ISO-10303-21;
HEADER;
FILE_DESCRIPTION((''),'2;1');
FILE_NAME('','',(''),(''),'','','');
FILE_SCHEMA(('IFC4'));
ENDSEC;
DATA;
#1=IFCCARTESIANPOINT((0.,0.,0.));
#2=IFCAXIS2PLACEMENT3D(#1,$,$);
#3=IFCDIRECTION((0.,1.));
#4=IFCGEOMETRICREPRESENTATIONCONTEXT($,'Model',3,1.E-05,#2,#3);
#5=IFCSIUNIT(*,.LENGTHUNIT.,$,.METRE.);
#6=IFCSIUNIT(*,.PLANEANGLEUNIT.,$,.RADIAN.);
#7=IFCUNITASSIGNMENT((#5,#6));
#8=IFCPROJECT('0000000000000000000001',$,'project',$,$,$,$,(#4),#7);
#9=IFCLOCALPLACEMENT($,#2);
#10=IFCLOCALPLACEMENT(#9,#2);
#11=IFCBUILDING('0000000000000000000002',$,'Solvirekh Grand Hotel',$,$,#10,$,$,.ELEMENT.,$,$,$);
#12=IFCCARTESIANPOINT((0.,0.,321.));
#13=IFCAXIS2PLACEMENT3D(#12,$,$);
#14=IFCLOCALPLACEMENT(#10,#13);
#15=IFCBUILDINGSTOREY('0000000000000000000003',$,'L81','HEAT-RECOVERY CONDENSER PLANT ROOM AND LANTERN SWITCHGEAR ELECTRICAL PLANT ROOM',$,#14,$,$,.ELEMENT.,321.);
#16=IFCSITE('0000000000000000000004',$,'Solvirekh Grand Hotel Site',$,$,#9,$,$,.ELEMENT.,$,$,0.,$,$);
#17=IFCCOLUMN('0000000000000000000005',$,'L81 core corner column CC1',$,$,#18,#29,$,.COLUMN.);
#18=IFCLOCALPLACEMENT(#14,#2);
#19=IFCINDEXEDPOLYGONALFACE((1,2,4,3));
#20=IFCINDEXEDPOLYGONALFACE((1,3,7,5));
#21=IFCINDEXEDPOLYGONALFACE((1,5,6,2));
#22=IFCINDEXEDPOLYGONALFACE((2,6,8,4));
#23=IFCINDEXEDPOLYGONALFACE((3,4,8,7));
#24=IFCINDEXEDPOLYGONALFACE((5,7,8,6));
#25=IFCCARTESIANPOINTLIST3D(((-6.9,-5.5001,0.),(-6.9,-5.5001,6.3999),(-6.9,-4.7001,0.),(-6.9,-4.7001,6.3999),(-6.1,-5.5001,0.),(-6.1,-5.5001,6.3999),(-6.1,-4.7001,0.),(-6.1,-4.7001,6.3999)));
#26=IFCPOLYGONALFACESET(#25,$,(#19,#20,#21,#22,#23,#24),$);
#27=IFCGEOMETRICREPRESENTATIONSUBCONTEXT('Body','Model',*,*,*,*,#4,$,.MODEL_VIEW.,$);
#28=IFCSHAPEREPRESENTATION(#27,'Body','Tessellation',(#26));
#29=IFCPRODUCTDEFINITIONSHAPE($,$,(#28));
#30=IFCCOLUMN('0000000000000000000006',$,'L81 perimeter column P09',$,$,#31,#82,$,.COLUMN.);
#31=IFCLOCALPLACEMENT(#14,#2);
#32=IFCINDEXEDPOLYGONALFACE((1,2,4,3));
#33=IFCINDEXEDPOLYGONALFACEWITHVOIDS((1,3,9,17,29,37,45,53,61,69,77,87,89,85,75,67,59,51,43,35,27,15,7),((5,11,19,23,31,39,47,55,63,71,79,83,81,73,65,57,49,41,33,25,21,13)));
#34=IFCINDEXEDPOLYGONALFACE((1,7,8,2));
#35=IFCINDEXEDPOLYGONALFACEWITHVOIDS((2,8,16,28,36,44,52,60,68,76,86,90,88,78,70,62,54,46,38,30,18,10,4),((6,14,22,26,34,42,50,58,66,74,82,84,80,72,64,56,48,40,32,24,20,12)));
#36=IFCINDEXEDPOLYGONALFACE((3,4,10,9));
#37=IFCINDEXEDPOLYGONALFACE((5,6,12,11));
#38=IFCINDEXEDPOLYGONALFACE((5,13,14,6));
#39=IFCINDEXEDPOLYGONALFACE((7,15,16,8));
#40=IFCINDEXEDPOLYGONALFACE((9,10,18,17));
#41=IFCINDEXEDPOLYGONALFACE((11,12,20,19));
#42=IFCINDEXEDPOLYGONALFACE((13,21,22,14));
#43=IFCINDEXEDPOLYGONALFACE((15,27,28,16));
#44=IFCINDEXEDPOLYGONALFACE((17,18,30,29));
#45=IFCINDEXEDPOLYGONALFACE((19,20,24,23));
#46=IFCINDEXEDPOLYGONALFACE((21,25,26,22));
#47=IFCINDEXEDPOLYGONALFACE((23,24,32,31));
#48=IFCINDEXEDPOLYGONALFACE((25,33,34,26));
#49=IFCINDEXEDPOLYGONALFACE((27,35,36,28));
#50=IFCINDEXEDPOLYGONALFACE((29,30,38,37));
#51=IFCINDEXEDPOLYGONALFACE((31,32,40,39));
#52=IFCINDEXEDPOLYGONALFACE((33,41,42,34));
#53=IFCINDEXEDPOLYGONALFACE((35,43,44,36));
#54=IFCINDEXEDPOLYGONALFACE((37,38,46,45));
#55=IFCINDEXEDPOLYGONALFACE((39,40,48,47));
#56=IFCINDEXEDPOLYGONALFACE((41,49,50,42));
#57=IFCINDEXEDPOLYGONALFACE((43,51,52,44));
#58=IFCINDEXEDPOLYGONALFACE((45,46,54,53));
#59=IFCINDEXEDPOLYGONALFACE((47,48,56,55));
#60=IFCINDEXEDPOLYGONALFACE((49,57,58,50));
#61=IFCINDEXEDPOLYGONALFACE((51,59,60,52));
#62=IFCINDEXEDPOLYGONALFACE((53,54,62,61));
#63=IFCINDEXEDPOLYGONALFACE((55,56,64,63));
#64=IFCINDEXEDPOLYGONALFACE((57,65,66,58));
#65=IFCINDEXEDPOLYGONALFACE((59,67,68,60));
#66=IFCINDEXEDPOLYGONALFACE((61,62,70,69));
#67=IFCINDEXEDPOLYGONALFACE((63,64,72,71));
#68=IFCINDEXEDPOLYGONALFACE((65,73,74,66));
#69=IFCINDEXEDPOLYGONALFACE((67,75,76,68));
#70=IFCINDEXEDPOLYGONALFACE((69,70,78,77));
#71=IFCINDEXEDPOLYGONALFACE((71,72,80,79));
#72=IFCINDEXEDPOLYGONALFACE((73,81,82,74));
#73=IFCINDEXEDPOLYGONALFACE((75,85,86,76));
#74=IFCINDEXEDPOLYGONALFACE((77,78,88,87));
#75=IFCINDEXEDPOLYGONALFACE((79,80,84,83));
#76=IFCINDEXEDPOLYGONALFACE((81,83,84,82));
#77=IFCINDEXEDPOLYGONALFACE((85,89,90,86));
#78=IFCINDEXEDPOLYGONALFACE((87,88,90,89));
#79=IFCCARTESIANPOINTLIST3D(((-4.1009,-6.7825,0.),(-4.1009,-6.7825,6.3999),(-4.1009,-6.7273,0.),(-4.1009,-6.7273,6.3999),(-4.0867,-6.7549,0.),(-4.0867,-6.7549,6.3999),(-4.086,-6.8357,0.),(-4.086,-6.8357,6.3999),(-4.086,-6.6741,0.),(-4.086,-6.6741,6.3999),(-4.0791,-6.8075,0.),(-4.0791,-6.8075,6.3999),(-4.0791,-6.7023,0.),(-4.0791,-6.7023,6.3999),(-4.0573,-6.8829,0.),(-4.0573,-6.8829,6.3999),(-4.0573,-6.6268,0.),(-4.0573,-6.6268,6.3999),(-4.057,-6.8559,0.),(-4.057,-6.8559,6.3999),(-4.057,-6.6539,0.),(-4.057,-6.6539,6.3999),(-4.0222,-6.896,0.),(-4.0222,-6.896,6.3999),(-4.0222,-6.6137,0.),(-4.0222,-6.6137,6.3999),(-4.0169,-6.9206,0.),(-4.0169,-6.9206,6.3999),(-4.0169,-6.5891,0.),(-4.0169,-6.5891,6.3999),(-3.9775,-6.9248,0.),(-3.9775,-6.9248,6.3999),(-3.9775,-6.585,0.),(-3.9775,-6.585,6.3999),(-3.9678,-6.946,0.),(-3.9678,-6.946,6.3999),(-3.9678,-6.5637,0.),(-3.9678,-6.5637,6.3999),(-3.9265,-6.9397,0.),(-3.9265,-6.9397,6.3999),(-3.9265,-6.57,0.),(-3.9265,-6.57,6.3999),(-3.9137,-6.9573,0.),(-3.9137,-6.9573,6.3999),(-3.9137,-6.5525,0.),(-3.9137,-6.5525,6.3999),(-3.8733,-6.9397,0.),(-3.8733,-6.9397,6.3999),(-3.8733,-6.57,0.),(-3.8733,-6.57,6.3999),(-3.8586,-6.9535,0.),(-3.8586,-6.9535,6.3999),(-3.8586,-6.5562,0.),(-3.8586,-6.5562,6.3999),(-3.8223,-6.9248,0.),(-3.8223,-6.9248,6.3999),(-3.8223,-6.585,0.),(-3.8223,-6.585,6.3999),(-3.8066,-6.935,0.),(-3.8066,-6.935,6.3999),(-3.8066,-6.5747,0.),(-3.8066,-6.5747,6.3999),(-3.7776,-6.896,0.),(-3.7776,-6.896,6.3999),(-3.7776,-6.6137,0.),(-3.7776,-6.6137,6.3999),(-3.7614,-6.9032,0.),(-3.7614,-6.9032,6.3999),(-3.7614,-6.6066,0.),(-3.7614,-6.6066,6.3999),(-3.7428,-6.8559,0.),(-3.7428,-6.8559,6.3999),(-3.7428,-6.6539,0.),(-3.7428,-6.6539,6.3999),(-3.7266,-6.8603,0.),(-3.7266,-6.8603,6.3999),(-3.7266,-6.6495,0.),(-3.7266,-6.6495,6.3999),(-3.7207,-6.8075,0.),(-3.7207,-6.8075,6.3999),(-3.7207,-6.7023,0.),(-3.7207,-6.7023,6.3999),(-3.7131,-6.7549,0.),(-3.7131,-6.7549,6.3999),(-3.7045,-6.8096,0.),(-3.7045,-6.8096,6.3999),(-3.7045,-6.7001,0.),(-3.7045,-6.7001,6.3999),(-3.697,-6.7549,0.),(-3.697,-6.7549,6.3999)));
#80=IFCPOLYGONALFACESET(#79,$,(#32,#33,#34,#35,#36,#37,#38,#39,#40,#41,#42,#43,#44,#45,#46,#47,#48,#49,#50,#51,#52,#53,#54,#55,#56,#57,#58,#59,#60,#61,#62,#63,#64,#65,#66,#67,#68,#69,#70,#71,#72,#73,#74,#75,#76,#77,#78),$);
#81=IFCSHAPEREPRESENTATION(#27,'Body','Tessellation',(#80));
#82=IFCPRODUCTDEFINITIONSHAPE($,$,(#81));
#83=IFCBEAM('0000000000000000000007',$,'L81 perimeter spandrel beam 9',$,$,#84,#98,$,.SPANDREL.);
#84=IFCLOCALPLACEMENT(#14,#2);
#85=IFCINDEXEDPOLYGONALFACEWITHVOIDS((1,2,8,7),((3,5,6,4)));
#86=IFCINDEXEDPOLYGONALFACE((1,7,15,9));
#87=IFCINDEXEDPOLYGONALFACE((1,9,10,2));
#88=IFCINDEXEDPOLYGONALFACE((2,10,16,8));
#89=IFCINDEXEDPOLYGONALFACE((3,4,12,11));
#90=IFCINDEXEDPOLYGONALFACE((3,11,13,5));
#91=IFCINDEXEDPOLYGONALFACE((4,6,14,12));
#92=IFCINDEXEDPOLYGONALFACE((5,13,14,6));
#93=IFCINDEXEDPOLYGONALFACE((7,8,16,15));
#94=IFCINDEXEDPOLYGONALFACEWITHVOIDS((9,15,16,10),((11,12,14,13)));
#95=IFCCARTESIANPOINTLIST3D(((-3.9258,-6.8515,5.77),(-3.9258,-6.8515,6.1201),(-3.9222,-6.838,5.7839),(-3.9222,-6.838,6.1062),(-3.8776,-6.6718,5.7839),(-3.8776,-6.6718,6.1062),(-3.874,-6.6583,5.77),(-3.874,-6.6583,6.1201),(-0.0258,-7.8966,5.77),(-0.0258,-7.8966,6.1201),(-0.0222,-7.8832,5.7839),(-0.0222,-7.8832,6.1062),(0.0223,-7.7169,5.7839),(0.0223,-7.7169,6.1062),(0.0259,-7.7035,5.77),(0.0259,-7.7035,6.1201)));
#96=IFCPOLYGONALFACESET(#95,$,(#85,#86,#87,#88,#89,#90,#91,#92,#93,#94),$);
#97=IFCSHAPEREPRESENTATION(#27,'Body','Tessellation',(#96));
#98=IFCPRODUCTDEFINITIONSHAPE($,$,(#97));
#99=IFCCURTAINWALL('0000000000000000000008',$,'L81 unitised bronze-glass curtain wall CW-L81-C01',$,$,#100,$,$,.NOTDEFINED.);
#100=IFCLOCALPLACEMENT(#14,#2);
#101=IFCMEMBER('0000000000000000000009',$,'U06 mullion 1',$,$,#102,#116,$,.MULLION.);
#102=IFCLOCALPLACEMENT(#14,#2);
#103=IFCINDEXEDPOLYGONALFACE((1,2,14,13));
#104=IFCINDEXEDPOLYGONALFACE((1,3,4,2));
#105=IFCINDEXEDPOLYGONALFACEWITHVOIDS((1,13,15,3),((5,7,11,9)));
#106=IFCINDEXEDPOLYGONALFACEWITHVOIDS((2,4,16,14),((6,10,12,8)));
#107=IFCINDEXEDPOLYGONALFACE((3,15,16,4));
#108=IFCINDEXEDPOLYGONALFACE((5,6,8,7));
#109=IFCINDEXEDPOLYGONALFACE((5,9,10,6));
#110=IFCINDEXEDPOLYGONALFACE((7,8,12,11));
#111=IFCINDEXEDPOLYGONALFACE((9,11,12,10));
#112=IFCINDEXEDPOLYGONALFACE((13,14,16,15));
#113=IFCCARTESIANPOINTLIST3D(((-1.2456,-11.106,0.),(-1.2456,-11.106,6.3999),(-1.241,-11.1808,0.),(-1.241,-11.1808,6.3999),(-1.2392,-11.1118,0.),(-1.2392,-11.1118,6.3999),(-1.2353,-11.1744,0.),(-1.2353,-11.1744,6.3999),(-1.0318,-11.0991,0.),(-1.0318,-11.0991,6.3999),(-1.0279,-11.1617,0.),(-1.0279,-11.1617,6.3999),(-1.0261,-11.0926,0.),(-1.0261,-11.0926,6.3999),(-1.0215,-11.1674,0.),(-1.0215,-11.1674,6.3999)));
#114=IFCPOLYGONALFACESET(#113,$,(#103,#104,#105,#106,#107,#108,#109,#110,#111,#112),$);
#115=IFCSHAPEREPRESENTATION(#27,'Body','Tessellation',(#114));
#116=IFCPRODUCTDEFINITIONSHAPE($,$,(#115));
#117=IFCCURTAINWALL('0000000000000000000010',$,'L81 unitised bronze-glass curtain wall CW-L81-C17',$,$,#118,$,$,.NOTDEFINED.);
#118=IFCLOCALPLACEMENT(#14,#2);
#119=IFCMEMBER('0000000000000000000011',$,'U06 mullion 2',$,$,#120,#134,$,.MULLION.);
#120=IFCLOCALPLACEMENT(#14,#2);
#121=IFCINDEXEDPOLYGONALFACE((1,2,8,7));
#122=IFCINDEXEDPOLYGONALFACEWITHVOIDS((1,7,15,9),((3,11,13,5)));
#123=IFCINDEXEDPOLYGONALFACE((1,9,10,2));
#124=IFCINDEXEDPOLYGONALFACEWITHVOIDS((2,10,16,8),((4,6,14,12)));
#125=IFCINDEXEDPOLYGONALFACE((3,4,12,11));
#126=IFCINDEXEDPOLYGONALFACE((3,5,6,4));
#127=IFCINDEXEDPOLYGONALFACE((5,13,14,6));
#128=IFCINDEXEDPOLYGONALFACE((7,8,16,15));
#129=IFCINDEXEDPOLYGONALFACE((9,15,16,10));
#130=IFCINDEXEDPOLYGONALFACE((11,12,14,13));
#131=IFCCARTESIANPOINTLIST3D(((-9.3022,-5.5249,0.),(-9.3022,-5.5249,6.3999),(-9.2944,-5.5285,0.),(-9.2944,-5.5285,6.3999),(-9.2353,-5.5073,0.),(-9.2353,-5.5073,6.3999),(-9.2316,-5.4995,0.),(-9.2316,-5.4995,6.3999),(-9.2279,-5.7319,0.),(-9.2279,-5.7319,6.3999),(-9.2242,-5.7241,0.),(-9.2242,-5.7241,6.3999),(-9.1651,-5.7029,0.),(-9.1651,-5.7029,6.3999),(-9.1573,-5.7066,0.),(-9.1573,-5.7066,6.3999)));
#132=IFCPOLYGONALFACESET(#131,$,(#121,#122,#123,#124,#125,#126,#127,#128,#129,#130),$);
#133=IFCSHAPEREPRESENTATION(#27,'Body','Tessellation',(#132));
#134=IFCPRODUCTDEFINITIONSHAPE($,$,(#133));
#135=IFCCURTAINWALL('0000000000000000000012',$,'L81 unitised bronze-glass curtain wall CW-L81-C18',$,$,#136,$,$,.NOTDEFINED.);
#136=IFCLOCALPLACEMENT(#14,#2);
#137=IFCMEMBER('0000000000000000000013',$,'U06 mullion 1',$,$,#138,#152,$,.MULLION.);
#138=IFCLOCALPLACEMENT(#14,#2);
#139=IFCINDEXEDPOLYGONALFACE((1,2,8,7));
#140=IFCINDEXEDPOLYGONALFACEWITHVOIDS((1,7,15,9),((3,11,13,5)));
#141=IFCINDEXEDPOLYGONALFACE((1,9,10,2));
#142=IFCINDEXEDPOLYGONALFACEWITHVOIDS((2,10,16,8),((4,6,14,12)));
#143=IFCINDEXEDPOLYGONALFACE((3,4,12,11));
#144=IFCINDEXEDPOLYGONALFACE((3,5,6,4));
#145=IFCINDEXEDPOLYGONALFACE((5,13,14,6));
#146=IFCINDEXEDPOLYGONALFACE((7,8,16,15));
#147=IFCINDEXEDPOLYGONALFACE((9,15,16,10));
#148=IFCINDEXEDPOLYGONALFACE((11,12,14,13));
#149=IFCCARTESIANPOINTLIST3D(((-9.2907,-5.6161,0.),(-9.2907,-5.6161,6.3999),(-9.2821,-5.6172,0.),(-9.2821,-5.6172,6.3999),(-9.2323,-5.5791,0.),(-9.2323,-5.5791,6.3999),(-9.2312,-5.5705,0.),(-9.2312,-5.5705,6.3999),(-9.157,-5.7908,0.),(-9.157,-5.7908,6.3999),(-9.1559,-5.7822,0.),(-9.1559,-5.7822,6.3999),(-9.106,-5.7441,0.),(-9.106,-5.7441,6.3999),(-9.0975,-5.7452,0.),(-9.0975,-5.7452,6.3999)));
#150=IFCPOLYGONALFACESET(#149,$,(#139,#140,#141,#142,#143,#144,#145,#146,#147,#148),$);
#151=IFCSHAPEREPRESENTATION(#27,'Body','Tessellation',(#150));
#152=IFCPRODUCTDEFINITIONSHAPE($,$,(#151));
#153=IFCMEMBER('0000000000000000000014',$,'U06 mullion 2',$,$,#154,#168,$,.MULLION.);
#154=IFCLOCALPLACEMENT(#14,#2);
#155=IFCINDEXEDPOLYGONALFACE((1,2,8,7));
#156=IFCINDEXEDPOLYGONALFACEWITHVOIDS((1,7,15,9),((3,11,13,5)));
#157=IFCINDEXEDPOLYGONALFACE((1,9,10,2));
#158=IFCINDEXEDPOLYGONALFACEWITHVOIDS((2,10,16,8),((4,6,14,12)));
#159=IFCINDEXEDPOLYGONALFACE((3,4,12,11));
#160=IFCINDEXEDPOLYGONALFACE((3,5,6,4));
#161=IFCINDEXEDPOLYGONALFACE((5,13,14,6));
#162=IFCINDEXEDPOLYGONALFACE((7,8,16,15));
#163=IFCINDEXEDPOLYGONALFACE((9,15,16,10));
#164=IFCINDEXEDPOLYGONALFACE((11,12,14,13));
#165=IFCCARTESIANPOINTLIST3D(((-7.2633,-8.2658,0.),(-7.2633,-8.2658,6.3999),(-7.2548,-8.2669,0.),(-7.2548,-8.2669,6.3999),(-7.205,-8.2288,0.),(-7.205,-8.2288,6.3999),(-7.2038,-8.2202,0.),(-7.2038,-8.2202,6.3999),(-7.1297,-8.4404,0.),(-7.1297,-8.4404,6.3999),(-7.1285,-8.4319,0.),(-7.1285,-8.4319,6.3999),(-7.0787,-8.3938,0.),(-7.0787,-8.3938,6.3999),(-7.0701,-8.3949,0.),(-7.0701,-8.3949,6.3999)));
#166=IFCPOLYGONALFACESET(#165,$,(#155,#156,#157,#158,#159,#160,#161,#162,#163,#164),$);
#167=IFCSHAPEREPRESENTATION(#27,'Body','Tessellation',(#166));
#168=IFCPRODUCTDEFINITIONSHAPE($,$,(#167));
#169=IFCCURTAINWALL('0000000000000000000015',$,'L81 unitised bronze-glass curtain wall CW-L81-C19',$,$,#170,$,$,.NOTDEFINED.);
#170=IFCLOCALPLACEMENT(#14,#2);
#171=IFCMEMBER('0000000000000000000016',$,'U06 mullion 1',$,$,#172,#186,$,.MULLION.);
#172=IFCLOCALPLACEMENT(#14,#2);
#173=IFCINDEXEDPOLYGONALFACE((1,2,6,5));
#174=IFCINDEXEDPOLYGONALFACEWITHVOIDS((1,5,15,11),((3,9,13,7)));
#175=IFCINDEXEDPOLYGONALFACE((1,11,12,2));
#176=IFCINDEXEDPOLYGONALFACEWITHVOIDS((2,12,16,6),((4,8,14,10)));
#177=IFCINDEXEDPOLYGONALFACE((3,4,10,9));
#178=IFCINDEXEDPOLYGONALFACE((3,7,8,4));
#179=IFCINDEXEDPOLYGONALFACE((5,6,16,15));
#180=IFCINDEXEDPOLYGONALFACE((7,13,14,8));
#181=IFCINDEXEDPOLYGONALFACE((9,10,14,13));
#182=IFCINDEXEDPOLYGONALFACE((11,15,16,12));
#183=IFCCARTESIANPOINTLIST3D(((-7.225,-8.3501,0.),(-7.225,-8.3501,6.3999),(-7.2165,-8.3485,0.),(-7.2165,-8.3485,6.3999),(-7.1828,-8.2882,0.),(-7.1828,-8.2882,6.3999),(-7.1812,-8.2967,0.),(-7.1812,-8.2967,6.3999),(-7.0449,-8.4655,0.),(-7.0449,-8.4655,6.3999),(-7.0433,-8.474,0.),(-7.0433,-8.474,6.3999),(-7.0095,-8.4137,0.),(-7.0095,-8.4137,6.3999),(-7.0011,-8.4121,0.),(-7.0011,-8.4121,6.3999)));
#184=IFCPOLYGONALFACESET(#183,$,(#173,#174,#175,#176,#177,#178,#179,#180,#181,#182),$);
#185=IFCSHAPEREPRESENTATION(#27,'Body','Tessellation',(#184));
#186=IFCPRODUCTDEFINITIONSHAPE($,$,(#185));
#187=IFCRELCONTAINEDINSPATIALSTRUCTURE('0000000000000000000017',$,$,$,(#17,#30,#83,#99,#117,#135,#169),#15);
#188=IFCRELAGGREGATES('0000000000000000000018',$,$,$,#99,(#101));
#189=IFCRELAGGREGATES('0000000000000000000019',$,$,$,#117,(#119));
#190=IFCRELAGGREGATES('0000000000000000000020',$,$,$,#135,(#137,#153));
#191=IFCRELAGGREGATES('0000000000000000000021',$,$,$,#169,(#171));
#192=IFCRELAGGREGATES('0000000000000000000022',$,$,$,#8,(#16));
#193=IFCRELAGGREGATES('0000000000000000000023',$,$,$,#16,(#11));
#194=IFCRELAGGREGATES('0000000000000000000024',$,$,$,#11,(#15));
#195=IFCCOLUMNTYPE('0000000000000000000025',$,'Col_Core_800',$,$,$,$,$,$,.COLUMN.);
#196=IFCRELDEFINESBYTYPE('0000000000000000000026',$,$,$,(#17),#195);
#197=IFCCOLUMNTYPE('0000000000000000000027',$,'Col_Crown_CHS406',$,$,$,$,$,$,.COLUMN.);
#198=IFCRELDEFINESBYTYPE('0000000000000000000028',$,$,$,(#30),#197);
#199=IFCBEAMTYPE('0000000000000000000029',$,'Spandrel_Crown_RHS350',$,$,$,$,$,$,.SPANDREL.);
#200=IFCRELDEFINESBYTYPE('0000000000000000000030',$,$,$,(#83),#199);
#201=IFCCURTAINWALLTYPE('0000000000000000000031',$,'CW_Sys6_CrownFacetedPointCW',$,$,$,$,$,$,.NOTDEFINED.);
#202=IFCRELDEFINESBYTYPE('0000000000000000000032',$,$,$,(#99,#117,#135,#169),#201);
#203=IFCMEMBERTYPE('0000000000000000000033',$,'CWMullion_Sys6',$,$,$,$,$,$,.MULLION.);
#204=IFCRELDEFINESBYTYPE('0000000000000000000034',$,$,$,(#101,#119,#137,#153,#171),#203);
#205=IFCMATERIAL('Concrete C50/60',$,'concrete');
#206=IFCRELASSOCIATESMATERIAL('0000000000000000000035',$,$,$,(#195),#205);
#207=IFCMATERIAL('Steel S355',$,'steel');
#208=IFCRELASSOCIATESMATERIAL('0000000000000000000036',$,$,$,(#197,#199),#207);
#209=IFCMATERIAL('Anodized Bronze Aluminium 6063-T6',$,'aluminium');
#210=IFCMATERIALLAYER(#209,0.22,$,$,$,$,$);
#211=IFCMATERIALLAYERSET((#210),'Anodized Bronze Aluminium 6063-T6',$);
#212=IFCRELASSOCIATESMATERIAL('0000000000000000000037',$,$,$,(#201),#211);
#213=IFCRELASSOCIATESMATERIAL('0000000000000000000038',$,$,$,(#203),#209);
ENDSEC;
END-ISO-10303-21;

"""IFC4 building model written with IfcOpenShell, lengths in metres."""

from ifc_helpers import new_model, si_unit, direction, frame, origin, origin_2d, place, context, subcontext, project, spatial, rectangle, hollow_rectangle, hollow_circle, extrude, source, transform, mapped, material, layer, layer_set, material_profile, profile_set, type_object, element, aggregate, save


model = new_model("IFC4")

# Units and contexts
model_context = context("Model", 3, precision=1e-05, world=origin(), true_north=direction((0.0, 1.0)))
body_context = subcontext(model_context, "Body", "Model", "MODEL_VIEW")
ifc_project = project(units=[si_unit("LENGTHUNIT", "METRE"), si_unit("PLANEANGLEUNIT", "RADIAN")], contexts=[model_context])

# Site, building, storey
site_placement = place(None, origin())
site = spatial("IfcSite", under=ifc_project, at=site_placement, Name="Solvirekh Grand Hotel Site", CompositionType="ELEMENT", RefElevation=0.0)
building_placement = place(site_placement, origin())
building = spatial("IfcBuilding", under=site, at=building_placement, Name="Solvirekh Grand Hotel", CompositionType="ELEMENT")
storey_placement = place(building_placement, frame((0.0, 0.0, 321.0)))
storey = spatial("IfcBuildingStorey", under=building, at=storey_placement, Name="L81", Description="HEAT-RECOVERY CONDENSER PLANT ROOM AND LANTERN SWITCHGEAR ELECTRICAL PLANT ROOM", CompositionType="ELEMENT", Elevation=321.0)

# Columns
ifc_material_1 = material(Name="Concrete C50/60", Category="concrete")
ifc_material_profile_1 = material_profile(ifc_material_1, rectangle(XDim=0.8, YDim=0.8, at=origin_2d()), Name="RC 800X800")
ifc_profile_set_1 = profile_set([ifc_material_profile_1], Name="Concrete C50/60")
column_type_1 = type_object("IfcColumnType", Name="Col_Core_800", PredefinedType="COLUMN", material=ifc_profile_set_1)
column_1_placement = place(storey_placement, frame((-6.5, -5.1001, 0.0), z_axis=(0.0, 0.0, 1.0), x_axis=(1.0, 0.0, 0.0)))
element("IfcColumn", 1, at=column_1_placement, inside=storey, type_object=column_type_1, Name="L81 core corner column CC1", PredefinedType="COLUMN", context=body_context, shape_type="SweptSolid", body=[
    extrude(rectangle(XDim=0.8, YDim=0.8, at=origin_2d()), origin(), (0.0, 0.0, 1.0), 6.3999),
])
ifc_material_2 = material(Name="Steel S355", Category="steel")
ifc_material_profile_2 = material_profile(ifc_material_2, hollow_circle(Radius=0.2029, WallThickness=0.0161, at=origin_2d()), Name="CHS 406X16")
ifc_profile_set_2 = profile_set([ifc_material_profile_2], Name="Steel S355")
column_type_2 = type_object("IfcColumnType", Name="Col_Crown_CHS406", PredefinedType="COLUMN", material=ifc_profile_set_2)
column_2_placement = place(storey_placement, frame((-3.8999, -6.7549, 0.0), z_axis=(0.0, 0.0, 1.0), x_axis=(1.0, 0.0, 0.0)))
element("IfcColumn", 2, at=column_2_placement, inside=storey, type_object=column_type_2, Name="L81 perimeter column P09", PredefinedType="COLUMN", context=body_context, shape_type="SweptSolid", body=[
    extrude(hollow_circle(Radius=0.2029, WallThickness=0.0161, at=origin_2d()), origin(), (0.0, 0.0, 1.0), 6.3999),
])

# Beam
ifc_material_profile_3 = material_profile(ifc_material_2, hollow_rectangle(XDim=0.2, YDim=0.3501, WallThickness=0.0139, at=origin_2d()), Name="RHS 350X200X14")
ifc_profile_set_3 = profile_set([ifc_material_profile_3], Name="Steel S355")
beam_type = type_object("IfcBeamType", Name="Spandrel_Crown_RHS350", PredefinedType="SPANDREL", material=ifc_profile_set_3)
beam_placement = place(storey_placement, frame((-3.8999, -6.7549, 5.9451), z_axis=(0.965914, -0.258863, 0.0), x_axis=(0.258863, 0.965914, 0.0)))
element("IfcBeam", 3, at=beam_placement, inside=storey, type_object=beam_type, Name="L81 perimeter spandrel beam 9", PredefinedType="SPANDREL", context=body_context, shape_type="SweptSolid", body=[
    extrude(hollow_rectangle(XDim=0.2, YDim=0.3501, WallThickness=0.0139, at=origin_2d()), origin(), (0.0, 0.0, 1.0), 4.0376),
])

# Curtain walls, members
ifc_material_3 = material(Name="Anodized Bronze Aluminium 6063-T6", Category="aluminium")
ifc_layer_1 = layer(ifc_material_3, 0.22)
ifc_layer_set_1 = layer_set([ifc_layer_1], Name="Anodized Bronze Aluminium 6063-T6")
curtain_wall_type = type_object("IfcCurtainWallType", Name="CW_Sys6_CrownFacetedPointCW", PredefinedType="NOTDEFINED", material=ifc_layer_set_1)
curtain_wall_1_placement = place(storey_placement, origin())
curtain_wall_1 = element("IfcCurtainWall", 4, at=curtain_wall_1_placement, inside=storey, type_object=curtain_wall_type, Name="L81 unitised bronze-glass curtain wall CW-L81-C01", PredefinedType="NOTDEFINED")
ifc_material_profile_4 = material_profile(ifc_material_3, hollow_rectangle(XDim=0.075, YDim=0.22, WallThickness=0.0061, at=origin_2d()), Name="ALU RHS 220X75X6")
ifc_profile_set_4 = profile_set([ifc_material_profile_4], Name="Anodized Bronze Aluminium 6063-T6")
member_type_1 = type_object("IfcMemberType", Name="CWMullion_Sys6", PredefinedType="MULLION", material=ifc_profile_set_4)
shared_shape_1 = source(origin(), body_context, "Body", "SweptSolid", [
    extrude(hollow_rectangle(XDim=0.075, YDim=0.22, WallThickness=0.0061, at=origin_2d()), origin(), (0.0, 0.0, 1.0), 6.3999),
])
member_1_placement = place(storey_placement, frame((-1.1335, -11.1367, 0.0), z_axis=(0.0, 0.0, 1.0), x_axis=(-0.061122, 0.99813, 0.0)))
member_1 = element("IfcMember", 5, at=member_1_placement, type_object=member_type_1, Name="U06 mullion 1", PredefinedType="MULLION", context=body_context, shape_type="MappedRepresentation", body=[
    mapped(shared_shape_1, transform((0.0, 0.0, 0.0), x_axis=(1.0, 0.0, 0.0), y_axis=(0.0, 1.0, 0.0), z_axis=(0.0, 0.0, 1.0), scale=1.0)),
])
aggregate(curtain_wall_1, [member_1])
curtain_wall_2_placement = place(storey_placement, origin())
curtain_wall_2 = element("IfcCurtainWall", 6, at=curtain_wall_2_placement, inside=storey, type_object=curtain_wall_type, Name="L81 unitised bronze-glass curtain wall CW-L81-C17", PredefinedType="NOTDEFINED")
member_2_placement = place(storey_placement, frame((-9.2297, -5.6157, 0.0), z_axis=(0.0, 0.0, 1.0), x_axis=(0.941225, 0.33778, 0.0)))
member_2 = element("IfcMember", 7, at=member_2_placement, type_object=member_type_1, Name="U06 mullion 2", PredefinedType="MULLION", context=body_context, shape_type="MappedRepresentation", body=[
    mapped(shared_shape_1, transform((0.0, 0.0, 0.0), x_axis=(1.0, 0.0, 0.0), y_axis=(0.0, 1.0, 0.0), z_axis=(0.0, 0.0, 1.0), scale=1.0)),
])
aggregate(curtain_wall_2, [member_2])

# Curtain walls, members
curtain_wall_3_placement = place(storey_placement, origin())
curtain_wall_3 = element("IfcCurtainWall", 8, at=curtain_wall_3_placement, inside=storey, type_object=curtain_wall_type, Name="L81 unitised bronze-glass curtain wall CW-L81-C18", PredefinedType="NOTDEFINED")
member_3_placement = place(storey_placement, frame((-9.1941, -5.6807, 0.0), z_axis=(0.0, 0.0, 1.0), x_axis=(0.794158, 0.607711, 0.0)))
member_3 = element("IfcMember", 9, at=member_3_placement, type_object=member_type_1, Name="U06 mullion 1", PredefinedType="MULLION", context=body_context, shape_type="MappedRepresentation", body=[
    mapped(shared_shape_1, transform((0.0, 0.0, 0.0), x_axis=(1.0, 0.0, 0.0), y_axis=(0.0, 1.0, 0.0), z_axis=(0.0, 0.0, 1.0), scale=1.0)),
])
member_4_placement = place(storey_placement, frame((-7.1667, -8.3303, 0.0), z_axis=(0.0, 0.0, 1.0), x_axis=(0.794158, 0.607711, 0.0)))
member_4 = element("IfcMember", 10, at=member_4_placement, type_object=member_type_1, Name="U06 mullion 2", PredefinedType="MULLION", context=body_context, shape_type="MappedRepresentation", body=[
    mapped(shared_shape_1, transform((0.0, 0.0, 0.0), x_axis=(1.0, 0.0, 0.0), y_axis=(0.0, 1.0, 0.0), z_axis=(0.0, 0.0, 1.0), scale=1.0)),
])
curtain_wall_4_placement = place(storey_placement, origin())
curtain_wall_4 = element("IfcCurtainWall", 11, at=curtain_wall_4_placement, inside=storey, type_object=curtain_wall_type, Name="L81 unitised bronze-glass curtain wall CW-L81-C19", PredefinedType="NOTDEFINED")
member_5_placement = place(storey_placement, frame((-7.113, -8.3811, 0.0), z_axis=(0.0, 0.0, 1.0), x_axis=(0.563402, 0.826183, 0.0)))
member_5 = element("IfcMember", 12, at=member_5_placement, type_object=member_type_1, Name="U06 mullion 1", PredefinedType="MULLION", context=body_context, shape_type="MappedRepresentation", body=[
    mapped(shared_shape_1, transform((0.0, 0.0, 0.0), x_axis=(1.0, 0.0, 0.0), y_axis=(0.0, 1.0, 0.0), z_axis=(0.0, 0.0, 1.0), scale=1.0)),
])

aggregate(curtain_wall_3, [member_3, member_4])
aggregate(curtain_wall_4, [member_5])

save(model, "model.ifc")
